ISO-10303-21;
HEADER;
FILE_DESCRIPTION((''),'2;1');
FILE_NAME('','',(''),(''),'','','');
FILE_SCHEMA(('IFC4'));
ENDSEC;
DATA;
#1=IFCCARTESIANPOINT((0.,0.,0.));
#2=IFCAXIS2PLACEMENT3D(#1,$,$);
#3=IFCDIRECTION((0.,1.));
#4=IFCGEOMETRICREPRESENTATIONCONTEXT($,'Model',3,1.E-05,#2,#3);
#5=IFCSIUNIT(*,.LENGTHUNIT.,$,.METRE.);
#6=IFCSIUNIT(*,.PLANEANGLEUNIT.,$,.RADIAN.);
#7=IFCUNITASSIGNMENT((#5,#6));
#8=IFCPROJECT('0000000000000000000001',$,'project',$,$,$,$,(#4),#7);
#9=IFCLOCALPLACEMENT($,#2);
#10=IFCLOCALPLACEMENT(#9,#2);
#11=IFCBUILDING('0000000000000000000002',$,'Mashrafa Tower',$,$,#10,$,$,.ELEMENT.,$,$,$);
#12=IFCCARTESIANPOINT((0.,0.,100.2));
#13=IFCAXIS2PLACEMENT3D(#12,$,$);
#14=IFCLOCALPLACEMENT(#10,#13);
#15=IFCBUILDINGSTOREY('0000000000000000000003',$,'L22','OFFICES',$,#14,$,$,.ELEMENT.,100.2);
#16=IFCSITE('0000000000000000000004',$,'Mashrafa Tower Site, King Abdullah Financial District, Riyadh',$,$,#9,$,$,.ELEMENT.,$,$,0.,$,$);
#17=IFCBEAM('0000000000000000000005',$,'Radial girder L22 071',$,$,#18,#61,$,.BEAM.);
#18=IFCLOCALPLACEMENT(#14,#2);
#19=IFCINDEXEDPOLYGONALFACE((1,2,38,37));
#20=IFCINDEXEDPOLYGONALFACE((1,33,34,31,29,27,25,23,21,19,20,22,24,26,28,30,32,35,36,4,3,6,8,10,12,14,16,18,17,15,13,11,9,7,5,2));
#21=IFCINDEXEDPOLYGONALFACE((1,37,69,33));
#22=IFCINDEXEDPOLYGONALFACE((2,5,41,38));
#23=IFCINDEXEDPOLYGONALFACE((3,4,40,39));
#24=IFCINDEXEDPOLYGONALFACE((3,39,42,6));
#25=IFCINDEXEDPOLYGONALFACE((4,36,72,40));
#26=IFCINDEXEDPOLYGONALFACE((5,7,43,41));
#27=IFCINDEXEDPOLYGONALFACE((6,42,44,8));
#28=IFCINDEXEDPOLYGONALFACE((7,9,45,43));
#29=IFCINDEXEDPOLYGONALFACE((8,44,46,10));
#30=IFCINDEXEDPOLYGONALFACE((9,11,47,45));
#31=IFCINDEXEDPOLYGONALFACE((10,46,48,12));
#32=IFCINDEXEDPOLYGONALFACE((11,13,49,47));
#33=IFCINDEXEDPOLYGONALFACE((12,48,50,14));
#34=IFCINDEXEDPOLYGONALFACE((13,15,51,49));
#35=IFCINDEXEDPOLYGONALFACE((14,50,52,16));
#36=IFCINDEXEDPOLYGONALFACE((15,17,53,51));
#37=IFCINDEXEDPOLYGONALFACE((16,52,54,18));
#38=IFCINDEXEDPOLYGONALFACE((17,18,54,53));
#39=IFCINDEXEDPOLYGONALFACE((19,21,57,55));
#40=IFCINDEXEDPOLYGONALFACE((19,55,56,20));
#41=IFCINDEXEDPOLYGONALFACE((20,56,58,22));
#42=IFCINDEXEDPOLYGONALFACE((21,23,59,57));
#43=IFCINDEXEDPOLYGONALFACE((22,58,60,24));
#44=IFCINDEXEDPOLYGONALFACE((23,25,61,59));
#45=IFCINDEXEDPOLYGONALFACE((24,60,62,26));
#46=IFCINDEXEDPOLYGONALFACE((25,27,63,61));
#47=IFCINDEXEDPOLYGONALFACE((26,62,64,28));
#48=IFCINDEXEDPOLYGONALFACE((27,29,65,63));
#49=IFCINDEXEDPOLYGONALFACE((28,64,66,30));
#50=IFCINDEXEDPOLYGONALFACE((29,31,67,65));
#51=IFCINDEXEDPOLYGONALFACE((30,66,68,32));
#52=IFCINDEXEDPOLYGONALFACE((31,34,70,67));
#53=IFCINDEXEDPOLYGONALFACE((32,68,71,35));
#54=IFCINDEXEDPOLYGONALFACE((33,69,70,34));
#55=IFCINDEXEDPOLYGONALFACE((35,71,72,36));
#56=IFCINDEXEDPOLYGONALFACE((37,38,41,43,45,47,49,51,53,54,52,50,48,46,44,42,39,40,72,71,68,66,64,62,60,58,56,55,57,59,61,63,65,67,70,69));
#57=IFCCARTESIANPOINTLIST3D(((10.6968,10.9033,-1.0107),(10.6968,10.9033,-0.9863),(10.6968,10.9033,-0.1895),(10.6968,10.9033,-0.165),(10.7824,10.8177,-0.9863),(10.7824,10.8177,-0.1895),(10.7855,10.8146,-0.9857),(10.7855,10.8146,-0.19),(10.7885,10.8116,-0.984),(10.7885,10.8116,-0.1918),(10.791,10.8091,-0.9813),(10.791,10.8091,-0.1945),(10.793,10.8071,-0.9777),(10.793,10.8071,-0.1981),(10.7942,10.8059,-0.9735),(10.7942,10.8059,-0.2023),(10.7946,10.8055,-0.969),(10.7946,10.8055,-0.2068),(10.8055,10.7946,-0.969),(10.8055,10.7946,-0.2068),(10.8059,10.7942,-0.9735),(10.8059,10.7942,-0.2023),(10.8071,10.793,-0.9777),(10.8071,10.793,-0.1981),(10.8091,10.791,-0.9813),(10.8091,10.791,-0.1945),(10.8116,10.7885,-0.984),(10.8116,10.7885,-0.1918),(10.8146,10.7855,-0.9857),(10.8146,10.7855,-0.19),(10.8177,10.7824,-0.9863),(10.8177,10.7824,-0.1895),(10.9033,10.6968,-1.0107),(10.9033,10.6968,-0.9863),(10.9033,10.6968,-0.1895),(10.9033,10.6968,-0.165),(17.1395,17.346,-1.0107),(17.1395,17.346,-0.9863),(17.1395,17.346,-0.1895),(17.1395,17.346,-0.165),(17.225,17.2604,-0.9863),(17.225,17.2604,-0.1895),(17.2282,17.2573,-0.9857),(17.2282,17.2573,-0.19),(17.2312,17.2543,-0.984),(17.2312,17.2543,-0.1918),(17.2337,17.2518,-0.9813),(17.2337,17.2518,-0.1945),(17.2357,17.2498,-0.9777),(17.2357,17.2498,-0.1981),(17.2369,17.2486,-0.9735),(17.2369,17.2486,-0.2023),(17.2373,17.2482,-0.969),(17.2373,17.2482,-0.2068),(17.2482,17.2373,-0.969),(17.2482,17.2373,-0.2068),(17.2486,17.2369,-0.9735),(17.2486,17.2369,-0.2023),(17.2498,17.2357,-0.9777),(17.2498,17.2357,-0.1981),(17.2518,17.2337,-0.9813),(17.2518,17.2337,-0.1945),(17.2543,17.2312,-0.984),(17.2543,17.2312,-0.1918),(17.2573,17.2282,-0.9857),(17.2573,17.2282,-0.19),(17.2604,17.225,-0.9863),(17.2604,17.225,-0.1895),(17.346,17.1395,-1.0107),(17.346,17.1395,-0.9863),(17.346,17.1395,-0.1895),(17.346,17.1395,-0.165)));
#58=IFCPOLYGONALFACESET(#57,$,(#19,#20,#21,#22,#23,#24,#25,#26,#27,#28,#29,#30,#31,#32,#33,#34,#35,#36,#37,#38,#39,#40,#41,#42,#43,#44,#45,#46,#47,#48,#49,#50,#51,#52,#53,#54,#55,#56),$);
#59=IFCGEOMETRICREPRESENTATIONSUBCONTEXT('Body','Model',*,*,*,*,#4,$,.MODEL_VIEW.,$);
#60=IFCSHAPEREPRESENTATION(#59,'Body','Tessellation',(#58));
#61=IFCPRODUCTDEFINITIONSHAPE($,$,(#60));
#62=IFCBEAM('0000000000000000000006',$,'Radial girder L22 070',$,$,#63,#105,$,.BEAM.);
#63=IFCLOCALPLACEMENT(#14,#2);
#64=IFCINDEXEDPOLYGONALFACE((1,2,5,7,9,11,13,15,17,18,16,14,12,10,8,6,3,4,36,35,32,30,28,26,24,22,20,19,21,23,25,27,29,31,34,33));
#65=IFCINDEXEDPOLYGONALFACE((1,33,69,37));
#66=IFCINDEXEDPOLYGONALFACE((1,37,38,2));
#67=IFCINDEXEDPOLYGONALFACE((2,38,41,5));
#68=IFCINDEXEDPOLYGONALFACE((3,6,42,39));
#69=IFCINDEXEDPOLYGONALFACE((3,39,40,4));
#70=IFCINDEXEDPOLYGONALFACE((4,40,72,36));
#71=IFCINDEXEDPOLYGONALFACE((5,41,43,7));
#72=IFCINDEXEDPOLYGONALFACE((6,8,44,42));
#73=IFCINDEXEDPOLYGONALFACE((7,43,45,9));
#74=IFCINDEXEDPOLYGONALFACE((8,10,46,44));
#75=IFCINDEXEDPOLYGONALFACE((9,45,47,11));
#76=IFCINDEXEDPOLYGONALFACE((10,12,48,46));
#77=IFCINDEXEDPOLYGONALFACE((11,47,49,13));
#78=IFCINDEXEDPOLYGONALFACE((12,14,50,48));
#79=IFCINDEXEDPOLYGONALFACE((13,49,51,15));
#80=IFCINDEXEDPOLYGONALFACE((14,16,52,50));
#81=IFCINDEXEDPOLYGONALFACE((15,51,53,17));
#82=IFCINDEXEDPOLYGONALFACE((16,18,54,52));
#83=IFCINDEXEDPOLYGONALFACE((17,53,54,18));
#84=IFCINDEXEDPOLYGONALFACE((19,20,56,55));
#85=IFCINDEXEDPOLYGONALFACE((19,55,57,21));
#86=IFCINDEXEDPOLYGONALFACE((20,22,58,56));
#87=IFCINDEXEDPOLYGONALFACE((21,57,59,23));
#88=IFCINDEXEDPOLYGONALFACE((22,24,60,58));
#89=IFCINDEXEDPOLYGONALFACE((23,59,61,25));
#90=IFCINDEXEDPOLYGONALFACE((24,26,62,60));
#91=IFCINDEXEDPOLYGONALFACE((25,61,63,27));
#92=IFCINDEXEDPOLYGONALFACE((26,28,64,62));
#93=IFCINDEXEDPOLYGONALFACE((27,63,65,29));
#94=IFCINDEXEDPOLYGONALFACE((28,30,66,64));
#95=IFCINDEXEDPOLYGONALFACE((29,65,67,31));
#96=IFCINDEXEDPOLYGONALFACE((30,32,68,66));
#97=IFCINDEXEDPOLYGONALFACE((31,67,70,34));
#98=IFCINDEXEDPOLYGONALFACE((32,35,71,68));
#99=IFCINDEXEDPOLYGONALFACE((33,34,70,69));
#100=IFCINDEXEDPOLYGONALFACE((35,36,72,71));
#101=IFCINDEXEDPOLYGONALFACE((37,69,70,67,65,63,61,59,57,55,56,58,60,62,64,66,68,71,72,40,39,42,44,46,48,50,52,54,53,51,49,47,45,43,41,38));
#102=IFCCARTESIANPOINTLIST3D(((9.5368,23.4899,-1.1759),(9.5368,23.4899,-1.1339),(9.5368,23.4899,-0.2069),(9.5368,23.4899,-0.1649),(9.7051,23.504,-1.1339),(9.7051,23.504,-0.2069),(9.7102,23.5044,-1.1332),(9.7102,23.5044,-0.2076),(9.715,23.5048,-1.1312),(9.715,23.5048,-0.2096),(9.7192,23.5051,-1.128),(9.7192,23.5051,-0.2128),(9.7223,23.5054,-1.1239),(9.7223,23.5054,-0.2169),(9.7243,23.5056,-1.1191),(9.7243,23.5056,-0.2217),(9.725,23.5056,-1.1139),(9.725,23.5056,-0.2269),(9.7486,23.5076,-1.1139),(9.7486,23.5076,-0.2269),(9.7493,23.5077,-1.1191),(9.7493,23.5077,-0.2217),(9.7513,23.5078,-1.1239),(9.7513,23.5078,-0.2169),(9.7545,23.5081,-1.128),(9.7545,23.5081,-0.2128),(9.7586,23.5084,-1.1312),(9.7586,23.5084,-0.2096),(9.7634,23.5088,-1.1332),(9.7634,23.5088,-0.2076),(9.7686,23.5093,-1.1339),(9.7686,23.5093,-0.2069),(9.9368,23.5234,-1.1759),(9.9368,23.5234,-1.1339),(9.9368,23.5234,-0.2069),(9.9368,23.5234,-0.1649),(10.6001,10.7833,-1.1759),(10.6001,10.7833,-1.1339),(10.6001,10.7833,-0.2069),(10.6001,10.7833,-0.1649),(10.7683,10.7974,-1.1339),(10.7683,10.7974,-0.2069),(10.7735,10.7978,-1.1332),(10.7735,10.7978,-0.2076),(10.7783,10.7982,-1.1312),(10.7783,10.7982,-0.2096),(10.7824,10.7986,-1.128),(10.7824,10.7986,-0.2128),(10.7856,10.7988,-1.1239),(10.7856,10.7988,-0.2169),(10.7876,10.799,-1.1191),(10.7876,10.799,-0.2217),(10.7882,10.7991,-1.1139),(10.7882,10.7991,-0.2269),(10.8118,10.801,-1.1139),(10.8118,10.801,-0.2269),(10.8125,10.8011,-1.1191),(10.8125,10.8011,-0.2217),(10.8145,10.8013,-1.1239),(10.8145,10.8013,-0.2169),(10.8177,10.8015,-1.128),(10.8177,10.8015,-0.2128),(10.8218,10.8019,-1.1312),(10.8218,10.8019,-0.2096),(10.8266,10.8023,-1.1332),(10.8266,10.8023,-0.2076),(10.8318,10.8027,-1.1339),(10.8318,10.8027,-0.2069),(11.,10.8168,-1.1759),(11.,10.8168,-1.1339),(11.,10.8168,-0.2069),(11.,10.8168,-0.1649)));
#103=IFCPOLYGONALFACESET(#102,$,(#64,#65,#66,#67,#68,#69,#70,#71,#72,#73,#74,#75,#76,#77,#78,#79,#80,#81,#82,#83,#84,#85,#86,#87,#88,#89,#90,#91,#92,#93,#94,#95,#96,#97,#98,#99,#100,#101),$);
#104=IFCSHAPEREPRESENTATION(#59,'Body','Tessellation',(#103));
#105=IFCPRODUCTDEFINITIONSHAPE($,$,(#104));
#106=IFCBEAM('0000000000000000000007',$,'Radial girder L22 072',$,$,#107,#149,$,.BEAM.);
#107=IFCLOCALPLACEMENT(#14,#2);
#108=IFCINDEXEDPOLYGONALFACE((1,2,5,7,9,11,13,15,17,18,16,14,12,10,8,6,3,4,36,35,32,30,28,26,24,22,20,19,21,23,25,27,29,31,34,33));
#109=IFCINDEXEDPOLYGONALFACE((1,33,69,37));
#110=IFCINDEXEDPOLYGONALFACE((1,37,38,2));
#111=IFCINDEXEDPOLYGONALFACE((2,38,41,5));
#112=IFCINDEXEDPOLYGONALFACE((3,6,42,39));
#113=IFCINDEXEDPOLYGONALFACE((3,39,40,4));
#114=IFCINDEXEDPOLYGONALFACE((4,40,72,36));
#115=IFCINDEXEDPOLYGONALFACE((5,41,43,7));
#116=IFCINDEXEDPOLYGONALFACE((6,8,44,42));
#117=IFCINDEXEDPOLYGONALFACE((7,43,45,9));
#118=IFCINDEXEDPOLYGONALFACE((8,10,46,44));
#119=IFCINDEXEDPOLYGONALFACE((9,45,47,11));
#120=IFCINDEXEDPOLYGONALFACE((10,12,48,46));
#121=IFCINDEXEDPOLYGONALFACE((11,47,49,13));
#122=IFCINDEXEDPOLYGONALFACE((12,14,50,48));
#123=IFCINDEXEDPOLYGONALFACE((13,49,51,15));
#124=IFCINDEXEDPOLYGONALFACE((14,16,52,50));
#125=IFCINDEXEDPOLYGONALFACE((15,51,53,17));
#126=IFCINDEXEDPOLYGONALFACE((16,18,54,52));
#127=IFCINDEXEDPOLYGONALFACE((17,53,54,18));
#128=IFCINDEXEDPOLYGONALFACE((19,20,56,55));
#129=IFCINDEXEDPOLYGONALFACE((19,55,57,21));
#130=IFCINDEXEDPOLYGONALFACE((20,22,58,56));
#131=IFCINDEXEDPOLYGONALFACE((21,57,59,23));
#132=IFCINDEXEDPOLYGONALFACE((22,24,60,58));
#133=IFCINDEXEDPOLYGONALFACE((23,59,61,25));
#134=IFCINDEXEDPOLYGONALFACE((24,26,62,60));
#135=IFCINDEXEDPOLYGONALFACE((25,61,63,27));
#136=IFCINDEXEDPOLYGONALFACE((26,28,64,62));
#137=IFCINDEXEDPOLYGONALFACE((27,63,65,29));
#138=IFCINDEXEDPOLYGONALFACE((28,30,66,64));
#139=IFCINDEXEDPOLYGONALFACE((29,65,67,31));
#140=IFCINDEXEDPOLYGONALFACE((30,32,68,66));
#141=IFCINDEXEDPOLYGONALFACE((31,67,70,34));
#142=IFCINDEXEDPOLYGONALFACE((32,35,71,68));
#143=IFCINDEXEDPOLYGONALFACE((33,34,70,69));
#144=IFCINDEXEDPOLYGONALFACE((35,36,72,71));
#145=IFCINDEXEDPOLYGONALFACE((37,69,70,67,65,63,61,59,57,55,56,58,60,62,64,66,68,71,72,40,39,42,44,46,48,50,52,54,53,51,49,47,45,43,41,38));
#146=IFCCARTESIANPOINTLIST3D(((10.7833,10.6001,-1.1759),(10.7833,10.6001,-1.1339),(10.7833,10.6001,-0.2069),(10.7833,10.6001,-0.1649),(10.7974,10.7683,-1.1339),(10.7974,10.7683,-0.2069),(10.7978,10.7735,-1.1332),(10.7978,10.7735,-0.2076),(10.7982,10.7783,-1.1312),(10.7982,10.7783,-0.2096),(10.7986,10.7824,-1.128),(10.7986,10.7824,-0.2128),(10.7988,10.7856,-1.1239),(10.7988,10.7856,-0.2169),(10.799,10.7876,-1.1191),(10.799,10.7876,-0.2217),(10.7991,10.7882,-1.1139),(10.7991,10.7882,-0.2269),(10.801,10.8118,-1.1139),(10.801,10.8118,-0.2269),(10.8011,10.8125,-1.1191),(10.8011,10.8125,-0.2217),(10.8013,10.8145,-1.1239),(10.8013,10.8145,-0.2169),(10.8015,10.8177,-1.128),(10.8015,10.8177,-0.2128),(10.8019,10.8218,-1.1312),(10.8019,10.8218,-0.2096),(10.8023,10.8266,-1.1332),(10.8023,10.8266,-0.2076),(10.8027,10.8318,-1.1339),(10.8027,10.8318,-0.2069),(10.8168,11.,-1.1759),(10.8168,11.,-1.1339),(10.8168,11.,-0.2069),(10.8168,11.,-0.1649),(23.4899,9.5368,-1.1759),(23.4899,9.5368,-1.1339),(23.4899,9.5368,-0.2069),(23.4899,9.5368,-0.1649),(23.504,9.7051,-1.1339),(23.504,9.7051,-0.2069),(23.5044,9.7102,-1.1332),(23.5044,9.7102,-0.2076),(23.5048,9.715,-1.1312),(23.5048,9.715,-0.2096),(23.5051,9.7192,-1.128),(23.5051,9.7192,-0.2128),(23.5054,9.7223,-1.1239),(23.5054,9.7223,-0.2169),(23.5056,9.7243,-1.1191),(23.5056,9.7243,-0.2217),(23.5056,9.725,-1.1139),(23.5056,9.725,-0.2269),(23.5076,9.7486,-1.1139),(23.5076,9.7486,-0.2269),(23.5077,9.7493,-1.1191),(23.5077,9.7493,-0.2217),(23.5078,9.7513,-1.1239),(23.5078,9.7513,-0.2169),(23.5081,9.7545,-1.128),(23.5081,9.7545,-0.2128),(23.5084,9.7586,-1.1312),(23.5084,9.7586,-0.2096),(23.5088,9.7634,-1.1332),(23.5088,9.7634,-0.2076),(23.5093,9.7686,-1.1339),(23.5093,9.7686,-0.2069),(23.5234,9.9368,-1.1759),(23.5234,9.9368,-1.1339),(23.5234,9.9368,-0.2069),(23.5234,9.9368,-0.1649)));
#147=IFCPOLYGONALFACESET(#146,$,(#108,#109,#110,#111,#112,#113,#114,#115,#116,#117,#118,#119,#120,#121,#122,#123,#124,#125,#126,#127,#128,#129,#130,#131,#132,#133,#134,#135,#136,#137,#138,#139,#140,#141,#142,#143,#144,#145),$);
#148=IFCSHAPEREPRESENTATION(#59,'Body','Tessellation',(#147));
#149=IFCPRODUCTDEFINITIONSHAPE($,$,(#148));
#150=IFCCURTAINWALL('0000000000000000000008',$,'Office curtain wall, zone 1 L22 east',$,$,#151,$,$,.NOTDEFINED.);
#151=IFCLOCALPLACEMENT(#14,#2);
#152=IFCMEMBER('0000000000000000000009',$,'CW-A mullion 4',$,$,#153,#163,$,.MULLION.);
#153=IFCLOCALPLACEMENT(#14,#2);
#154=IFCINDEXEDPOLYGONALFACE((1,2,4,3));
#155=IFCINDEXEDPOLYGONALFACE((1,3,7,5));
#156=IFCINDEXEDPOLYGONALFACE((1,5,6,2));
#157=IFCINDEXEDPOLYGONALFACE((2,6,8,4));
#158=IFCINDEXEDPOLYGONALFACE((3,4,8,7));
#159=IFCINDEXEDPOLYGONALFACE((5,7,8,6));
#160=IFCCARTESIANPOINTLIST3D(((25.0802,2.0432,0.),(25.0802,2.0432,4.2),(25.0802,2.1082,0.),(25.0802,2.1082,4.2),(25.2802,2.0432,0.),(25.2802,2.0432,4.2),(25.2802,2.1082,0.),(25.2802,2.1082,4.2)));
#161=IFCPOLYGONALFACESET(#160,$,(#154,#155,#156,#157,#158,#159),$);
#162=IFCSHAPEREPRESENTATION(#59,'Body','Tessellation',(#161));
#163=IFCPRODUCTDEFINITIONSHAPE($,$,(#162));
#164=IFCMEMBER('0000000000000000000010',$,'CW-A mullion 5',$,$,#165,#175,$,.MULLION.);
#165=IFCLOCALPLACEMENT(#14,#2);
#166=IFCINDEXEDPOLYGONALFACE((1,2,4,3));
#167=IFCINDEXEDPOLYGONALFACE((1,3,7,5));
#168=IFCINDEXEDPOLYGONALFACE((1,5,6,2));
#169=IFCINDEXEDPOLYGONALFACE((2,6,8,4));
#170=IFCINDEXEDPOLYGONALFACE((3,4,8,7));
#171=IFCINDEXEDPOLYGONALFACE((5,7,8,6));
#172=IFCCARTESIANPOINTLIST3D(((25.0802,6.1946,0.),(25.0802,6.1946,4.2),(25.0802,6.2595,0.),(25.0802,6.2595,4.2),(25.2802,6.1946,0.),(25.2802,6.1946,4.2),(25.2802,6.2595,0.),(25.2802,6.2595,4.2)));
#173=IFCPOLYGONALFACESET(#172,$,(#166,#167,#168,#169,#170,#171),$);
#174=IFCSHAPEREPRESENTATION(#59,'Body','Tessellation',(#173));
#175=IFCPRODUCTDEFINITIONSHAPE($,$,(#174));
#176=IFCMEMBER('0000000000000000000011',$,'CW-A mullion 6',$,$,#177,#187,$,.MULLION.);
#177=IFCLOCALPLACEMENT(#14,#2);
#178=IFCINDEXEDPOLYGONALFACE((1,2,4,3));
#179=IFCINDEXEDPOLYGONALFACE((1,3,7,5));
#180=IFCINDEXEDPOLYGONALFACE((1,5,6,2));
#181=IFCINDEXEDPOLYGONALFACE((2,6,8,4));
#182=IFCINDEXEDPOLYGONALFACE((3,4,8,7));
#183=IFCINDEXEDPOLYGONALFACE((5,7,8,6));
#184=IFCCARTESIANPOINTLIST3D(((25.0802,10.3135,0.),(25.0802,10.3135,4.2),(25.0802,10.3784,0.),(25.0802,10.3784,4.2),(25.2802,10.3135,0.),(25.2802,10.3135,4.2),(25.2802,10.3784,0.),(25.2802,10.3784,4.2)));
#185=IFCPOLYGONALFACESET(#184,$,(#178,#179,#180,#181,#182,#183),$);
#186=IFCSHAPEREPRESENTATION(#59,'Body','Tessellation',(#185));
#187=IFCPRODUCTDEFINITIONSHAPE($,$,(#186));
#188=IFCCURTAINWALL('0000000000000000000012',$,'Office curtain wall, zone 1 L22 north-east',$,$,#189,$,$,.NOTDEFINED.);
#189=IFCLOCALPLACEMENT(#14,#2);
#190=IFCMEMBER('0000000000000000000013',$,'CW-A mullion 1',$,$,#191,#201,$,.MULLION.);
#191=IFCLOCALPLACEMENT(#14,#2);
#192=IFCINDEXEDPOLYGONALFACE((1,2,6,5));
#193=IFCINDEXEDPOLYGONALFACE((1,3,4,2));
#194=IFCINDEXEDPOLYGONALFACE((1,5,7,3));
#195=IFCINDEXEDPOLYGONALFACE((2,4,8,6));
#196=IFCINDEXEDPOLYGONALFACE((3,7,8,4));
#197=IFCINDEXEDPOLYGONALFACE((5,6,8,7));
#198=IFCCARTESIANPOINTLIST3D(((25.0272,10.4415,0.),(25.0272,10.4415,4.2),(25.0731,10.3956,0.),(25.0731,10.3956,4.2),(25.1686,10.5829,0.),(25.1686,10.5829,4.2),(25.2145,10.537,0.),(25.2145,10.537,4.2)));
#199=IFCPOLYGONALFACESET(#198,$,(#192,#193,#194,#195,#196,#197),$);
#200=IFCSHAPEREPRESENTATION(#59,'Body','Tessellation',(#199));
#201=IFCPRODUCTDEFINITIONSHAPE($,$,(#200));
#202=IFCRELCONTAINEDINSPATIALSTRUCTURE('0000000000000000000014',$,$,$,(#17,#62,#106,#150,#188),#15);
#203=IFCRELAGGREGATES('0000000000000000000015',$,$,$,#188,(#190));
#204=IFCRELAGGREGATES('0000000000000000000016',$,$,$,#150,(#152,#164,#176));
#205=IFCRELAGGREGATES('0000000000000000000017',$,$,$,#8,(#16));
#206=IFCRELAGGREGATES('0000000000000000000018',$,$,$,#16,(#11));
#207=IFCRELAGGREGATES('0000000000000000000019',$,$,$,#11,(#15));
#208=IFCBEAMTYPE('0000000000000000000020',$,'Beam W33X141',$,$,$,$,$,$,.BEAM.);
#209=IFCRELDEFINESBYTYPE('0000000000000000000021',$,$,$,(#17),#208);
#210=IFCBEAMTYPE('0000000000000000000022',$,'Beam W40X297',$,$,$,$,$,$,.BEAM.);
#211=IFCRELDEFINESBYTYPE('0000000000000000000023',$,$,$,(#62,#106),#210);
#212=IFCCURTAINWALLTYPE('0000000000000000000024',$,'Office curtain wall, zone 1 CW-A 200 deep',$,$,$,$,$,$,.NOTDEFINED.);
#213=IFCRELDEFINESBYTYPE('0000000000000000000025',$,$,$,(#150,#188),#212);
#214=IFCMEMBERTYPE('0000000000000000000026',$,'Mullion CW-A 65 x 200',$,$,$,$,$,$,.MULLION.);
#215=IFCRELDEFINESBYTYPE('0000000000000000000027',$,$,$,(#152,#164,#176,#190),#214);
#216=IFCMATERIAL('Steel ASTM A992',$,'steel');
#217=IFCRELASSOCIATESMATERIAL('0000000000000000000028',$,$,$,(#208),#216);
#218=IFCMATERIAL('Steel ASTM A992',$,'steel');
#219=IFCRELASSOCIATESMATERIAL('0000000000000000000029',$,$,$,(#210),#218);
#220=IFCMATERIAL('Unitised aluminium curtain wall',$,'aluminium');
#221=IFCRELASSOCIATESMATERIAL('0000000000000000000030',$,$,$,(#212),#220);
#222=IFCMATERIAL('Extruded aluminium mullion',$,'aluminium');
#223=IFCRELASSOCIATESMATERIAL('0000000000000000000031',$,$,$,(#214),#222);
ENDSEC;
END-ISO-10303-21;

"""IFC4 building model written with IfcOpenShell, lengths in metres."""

from ifc_helpers import new_model, si_unit, direction, frame, origin, origin_2d, place, context, subcontext, project, spatial, rectangle, i_section, extrude, source, transform, mapped, material, material_profile, profile_set, type_object, type_shapes, element, aggregate, save


model = new_model("IFC4")

# Units and contexts
model_context = context("Model", 3, precision=1e-05, world=origin(), true_north=direction((0.0, 1.0)))
body_context = subcontext(model_context, "Body", "Model", "MODEL_VIEW")
ifc_project = project(units=[si_unit("LENGTHUNIT", "METRE"), si_unit("PLANEANGLEUNIT", "RADIAN")], contexts=[model_context])

# Site, building, storey
site_placement = place(None, origin())
site = spatial("IfcSite", under=ifc_project, at=site_placement, Name="Mashrafa Tower Site, King Abdullah Financial District, Riyadh", CompositionType="ELEMENT", RefElevation=0.0)
building_placement = place(site_placement, origin())
building = spatial("IfcBuilding", under=site, at=building_placement, Name="Mashrafa Tower", CompositionType="ELEMENT")
storey_placement = place(building_placement, frame((0.0, 0.0, 100.2)))
storey = spatial("IfcBuildingStorey", under=building, at=storey_placement, Name="L22", Description="OFFICES", CompositionType="ELEMENT", Elevation=100.2)

# Beams
ifc_material_1 = material(Name="Steel ASTM A992", Category="steel")
ifc_material_profile_1 = material_profile(ifc_material_1, i_section(OverallWidth=0.292, OverallDepth=0.8457, WebThickness=0.0154, FlangeThickness=0.0244, FilletRadius=0.0173, at=origin_2d()), Name="W33X141")
ifc_profile_set_1 = profile_set([ifc_material_profile_1], Name="Steel ASTM A992")
beam_type_1 = type_object("IfcBeamType", Name="Beam W33X141", PredefinedType="BEAM", material=ifc_profile_set_1)
beam_1_placement = place(storey_placement, frame((10.8, 10.8, -0.5879), z_axis=(0.707107, 0.707107, 0.0), x_axis=(-0.707107, 0.707107, 0.0)))
element("IfcBeam", 1, at=beam_1_placement, inside=storey, type_object=beam_type_1, Name="Radial girder L22 071", PredefinedType="BEAM", context=body_context, shape_type="SweptSolid", body=[
    extrude(i_section(OverallWidth=0.292, OverallDepth=0.8457, WebThickness=0.0154, FlangeThickness=0.0244, FilletRadius=0.0173, at=origin_2d()), origin(), (0.0, 0.0, 1.0), 9.1113),
])
ifc_material_2 = material(Name="Steel ASTM A992", Category="steel")
ifc_material_profile_2 = material_profile(ifc_material_2, i_section(OverallWidth=0.4014, OverallDepth=1.011, WebThickness=0.0237, FlangeThickness=0.042, FilletRadius=0.02, at=origin_2d()), Name="W40X297")
ifc_profile_set_2 = profile_set([ifc_material_profile_2], Name="Steel ASTM A992")
beam_type_2 = type_object("IfcBeamType", Name="Beam W40X297", PredefinedType="BEAM", material=ifc_profile_set_2)
for number, where, z_axis, x_axis, name in (
    (2, (10.8, 10.8, -0.6704), (-0.083385, 0.996517, 0.0), (-0.996517, -0.083385, 0.0), "Radial girder L22 070"),
    (3, (10.8, 10.8, -0.6704), (0.996517, -0.083385, 0.0), (0.083385, 0.996517, 0.0), "Radial girder L22 072"),
):
    element("IfcBeam", number, at=place(storey_placement, frame(where, z_axis=z_axis, x_axis=x_axis)), inside=storey, type_object=beam_type_2, Name=name, PredefinedType="BEAM", context=body_context, shape_type="SweptSolid", body=[
        extrude(i_section(OverallWidth=0.4014, OverallDepth=1.011, WebThickness=0.0237, FlangeThickness=0.042, FilletRadius=0.02, at=origin_2d()), origin(), (0.0, 0.0, 1.0), 12.751),
    ])

# Curtain wall, members
ifc_material_3 = material(Name="Unitised aluminium curtain wall", Category="aluminium")
curtain_wall_type = type_object("IfcCurtainWallType", Name="Office curtain wall, zone 1 CW-A 200 deep", PredefinedType="NOTDEFINED", material=ifc_material_3)
curtain_wall_1_placement = place(storey_placement, origin())
curtain_wall_1 = element("IfcCurtainWall", 4, at=curtain_wall_1_placement, inside=storey, type_object=curtain_wall_type, Name="Office curtain wall, zone 1 L22 east", PredefinedType="NOTDEFINED")
ifc_material_4 = material(Name="Extruded aluminium mullion", Category="aluminium")
ifc_material_profile_3 = material_profile(ifc_material_4, rectangle(XDim=0.2, YDim=0.0649, at=origin_2d()), Name="Mullion 65x200")
ifc_profile_set_3 = profile_set([ifc_material_profile_3], Name="Extruded aluminium mullion")
member_type_1 = type_object("IfcMemberType", Name="Mullion CW-A 65 x 200", PredefinedType="MULLION", material=ifc_profile_set_3)
shared_shape_1 = source(origin(), body_context, "Body", "SweptSolid", [
    extrude(rectangle(XDim=0.2, YDim=0.0649, at=origin_2d()), origin(), (0.0, 0.0, 1.0), 4.2),
])
type_shapes(member_type_1, [shared_shape_1])
member_1_placement = place(storey_placement, frame((25.1802, 2.0757, 0.0), z_axis=(0.0, 0.0, 1.0), x_axis=(-1.0, 0.0, 0.0)))
member_1 = element("IfcMember", 5, at=member_1_placement, type_object=member_type_1, Name="CW-A mullion 4", PredefinedType="MULLION", context=body_context, shape_type="MappedRepresentation", body=[
    mapped(shared_shape_1, transform((0.0, 0.0, 0.0))),
])
member_2_placement = place(storey_placement, frame((25.1802, 6.2271, 0.0), z_axis=(0.0, 0.0, 1.0), x_axis=(-1.0, 0.0, 0.0)))
member_2 = element("IfcMember", 6, at=member_2_placement, type_object=member_type_1, Name="CW-A mullion 5", PredefinedType="MULLION", context=body_context, shape_type="MappedRepresentation", body=[
    mapped(shared_shape_1, transform((0.0, 0.0, 0.0))),
])
member_3_placement = place(storey_placement, frame((25.1802, 10.3459, 0.0), z_axis=(0.0, 0.0, 1.0), x_axis=(-1.0, 0.0, 0.0)))
member_3 = element("IfcMember", 7, at=member_3_placement, type_object=member_type_1, Name="CW-A mullion 6", PredefinedType="MULLION", context=body_context, shape_type="MappedRepresentation", body=[
    mapped(shared_shape_1, transform((0.0, 0.0, 0.0))),
])

# Curtain wall, member
curtain_wall_2_placement = place(storey_placement, origin())
curtain_wall_2 = element("IfcCurtainWall", 8, at=curtain_wall_2_placement, inside=storey, type_object=curtain_wall_type, Name="Office curtain wall, zone 1 L22 north-east", PredefinedType="NOTDEFINED")
member_4_placement = place(storey_placement, frame((25.1208, 10.4893, 0.0), z_axis=(0.0, 0.0, 1.0), x_axis=(-0.707107, -0.707107, 0.0)))
member_4 = element("IfcMember", 9, at=member_4_placement, type_object=member_type_1, Name="CW-A mullion 1", PredefinedType="MULLION", context=body_context, shape_type="MappedRepresentation", body=[
    mapped(shared_shape_1, transform((0.0, 0.0, 0.0))),
])

aggregate(curtain_wall_2, [member_4])

aggregate(curtain_wall_1, [member_1, member_2, member_3])

save(model, "model.ifc")
